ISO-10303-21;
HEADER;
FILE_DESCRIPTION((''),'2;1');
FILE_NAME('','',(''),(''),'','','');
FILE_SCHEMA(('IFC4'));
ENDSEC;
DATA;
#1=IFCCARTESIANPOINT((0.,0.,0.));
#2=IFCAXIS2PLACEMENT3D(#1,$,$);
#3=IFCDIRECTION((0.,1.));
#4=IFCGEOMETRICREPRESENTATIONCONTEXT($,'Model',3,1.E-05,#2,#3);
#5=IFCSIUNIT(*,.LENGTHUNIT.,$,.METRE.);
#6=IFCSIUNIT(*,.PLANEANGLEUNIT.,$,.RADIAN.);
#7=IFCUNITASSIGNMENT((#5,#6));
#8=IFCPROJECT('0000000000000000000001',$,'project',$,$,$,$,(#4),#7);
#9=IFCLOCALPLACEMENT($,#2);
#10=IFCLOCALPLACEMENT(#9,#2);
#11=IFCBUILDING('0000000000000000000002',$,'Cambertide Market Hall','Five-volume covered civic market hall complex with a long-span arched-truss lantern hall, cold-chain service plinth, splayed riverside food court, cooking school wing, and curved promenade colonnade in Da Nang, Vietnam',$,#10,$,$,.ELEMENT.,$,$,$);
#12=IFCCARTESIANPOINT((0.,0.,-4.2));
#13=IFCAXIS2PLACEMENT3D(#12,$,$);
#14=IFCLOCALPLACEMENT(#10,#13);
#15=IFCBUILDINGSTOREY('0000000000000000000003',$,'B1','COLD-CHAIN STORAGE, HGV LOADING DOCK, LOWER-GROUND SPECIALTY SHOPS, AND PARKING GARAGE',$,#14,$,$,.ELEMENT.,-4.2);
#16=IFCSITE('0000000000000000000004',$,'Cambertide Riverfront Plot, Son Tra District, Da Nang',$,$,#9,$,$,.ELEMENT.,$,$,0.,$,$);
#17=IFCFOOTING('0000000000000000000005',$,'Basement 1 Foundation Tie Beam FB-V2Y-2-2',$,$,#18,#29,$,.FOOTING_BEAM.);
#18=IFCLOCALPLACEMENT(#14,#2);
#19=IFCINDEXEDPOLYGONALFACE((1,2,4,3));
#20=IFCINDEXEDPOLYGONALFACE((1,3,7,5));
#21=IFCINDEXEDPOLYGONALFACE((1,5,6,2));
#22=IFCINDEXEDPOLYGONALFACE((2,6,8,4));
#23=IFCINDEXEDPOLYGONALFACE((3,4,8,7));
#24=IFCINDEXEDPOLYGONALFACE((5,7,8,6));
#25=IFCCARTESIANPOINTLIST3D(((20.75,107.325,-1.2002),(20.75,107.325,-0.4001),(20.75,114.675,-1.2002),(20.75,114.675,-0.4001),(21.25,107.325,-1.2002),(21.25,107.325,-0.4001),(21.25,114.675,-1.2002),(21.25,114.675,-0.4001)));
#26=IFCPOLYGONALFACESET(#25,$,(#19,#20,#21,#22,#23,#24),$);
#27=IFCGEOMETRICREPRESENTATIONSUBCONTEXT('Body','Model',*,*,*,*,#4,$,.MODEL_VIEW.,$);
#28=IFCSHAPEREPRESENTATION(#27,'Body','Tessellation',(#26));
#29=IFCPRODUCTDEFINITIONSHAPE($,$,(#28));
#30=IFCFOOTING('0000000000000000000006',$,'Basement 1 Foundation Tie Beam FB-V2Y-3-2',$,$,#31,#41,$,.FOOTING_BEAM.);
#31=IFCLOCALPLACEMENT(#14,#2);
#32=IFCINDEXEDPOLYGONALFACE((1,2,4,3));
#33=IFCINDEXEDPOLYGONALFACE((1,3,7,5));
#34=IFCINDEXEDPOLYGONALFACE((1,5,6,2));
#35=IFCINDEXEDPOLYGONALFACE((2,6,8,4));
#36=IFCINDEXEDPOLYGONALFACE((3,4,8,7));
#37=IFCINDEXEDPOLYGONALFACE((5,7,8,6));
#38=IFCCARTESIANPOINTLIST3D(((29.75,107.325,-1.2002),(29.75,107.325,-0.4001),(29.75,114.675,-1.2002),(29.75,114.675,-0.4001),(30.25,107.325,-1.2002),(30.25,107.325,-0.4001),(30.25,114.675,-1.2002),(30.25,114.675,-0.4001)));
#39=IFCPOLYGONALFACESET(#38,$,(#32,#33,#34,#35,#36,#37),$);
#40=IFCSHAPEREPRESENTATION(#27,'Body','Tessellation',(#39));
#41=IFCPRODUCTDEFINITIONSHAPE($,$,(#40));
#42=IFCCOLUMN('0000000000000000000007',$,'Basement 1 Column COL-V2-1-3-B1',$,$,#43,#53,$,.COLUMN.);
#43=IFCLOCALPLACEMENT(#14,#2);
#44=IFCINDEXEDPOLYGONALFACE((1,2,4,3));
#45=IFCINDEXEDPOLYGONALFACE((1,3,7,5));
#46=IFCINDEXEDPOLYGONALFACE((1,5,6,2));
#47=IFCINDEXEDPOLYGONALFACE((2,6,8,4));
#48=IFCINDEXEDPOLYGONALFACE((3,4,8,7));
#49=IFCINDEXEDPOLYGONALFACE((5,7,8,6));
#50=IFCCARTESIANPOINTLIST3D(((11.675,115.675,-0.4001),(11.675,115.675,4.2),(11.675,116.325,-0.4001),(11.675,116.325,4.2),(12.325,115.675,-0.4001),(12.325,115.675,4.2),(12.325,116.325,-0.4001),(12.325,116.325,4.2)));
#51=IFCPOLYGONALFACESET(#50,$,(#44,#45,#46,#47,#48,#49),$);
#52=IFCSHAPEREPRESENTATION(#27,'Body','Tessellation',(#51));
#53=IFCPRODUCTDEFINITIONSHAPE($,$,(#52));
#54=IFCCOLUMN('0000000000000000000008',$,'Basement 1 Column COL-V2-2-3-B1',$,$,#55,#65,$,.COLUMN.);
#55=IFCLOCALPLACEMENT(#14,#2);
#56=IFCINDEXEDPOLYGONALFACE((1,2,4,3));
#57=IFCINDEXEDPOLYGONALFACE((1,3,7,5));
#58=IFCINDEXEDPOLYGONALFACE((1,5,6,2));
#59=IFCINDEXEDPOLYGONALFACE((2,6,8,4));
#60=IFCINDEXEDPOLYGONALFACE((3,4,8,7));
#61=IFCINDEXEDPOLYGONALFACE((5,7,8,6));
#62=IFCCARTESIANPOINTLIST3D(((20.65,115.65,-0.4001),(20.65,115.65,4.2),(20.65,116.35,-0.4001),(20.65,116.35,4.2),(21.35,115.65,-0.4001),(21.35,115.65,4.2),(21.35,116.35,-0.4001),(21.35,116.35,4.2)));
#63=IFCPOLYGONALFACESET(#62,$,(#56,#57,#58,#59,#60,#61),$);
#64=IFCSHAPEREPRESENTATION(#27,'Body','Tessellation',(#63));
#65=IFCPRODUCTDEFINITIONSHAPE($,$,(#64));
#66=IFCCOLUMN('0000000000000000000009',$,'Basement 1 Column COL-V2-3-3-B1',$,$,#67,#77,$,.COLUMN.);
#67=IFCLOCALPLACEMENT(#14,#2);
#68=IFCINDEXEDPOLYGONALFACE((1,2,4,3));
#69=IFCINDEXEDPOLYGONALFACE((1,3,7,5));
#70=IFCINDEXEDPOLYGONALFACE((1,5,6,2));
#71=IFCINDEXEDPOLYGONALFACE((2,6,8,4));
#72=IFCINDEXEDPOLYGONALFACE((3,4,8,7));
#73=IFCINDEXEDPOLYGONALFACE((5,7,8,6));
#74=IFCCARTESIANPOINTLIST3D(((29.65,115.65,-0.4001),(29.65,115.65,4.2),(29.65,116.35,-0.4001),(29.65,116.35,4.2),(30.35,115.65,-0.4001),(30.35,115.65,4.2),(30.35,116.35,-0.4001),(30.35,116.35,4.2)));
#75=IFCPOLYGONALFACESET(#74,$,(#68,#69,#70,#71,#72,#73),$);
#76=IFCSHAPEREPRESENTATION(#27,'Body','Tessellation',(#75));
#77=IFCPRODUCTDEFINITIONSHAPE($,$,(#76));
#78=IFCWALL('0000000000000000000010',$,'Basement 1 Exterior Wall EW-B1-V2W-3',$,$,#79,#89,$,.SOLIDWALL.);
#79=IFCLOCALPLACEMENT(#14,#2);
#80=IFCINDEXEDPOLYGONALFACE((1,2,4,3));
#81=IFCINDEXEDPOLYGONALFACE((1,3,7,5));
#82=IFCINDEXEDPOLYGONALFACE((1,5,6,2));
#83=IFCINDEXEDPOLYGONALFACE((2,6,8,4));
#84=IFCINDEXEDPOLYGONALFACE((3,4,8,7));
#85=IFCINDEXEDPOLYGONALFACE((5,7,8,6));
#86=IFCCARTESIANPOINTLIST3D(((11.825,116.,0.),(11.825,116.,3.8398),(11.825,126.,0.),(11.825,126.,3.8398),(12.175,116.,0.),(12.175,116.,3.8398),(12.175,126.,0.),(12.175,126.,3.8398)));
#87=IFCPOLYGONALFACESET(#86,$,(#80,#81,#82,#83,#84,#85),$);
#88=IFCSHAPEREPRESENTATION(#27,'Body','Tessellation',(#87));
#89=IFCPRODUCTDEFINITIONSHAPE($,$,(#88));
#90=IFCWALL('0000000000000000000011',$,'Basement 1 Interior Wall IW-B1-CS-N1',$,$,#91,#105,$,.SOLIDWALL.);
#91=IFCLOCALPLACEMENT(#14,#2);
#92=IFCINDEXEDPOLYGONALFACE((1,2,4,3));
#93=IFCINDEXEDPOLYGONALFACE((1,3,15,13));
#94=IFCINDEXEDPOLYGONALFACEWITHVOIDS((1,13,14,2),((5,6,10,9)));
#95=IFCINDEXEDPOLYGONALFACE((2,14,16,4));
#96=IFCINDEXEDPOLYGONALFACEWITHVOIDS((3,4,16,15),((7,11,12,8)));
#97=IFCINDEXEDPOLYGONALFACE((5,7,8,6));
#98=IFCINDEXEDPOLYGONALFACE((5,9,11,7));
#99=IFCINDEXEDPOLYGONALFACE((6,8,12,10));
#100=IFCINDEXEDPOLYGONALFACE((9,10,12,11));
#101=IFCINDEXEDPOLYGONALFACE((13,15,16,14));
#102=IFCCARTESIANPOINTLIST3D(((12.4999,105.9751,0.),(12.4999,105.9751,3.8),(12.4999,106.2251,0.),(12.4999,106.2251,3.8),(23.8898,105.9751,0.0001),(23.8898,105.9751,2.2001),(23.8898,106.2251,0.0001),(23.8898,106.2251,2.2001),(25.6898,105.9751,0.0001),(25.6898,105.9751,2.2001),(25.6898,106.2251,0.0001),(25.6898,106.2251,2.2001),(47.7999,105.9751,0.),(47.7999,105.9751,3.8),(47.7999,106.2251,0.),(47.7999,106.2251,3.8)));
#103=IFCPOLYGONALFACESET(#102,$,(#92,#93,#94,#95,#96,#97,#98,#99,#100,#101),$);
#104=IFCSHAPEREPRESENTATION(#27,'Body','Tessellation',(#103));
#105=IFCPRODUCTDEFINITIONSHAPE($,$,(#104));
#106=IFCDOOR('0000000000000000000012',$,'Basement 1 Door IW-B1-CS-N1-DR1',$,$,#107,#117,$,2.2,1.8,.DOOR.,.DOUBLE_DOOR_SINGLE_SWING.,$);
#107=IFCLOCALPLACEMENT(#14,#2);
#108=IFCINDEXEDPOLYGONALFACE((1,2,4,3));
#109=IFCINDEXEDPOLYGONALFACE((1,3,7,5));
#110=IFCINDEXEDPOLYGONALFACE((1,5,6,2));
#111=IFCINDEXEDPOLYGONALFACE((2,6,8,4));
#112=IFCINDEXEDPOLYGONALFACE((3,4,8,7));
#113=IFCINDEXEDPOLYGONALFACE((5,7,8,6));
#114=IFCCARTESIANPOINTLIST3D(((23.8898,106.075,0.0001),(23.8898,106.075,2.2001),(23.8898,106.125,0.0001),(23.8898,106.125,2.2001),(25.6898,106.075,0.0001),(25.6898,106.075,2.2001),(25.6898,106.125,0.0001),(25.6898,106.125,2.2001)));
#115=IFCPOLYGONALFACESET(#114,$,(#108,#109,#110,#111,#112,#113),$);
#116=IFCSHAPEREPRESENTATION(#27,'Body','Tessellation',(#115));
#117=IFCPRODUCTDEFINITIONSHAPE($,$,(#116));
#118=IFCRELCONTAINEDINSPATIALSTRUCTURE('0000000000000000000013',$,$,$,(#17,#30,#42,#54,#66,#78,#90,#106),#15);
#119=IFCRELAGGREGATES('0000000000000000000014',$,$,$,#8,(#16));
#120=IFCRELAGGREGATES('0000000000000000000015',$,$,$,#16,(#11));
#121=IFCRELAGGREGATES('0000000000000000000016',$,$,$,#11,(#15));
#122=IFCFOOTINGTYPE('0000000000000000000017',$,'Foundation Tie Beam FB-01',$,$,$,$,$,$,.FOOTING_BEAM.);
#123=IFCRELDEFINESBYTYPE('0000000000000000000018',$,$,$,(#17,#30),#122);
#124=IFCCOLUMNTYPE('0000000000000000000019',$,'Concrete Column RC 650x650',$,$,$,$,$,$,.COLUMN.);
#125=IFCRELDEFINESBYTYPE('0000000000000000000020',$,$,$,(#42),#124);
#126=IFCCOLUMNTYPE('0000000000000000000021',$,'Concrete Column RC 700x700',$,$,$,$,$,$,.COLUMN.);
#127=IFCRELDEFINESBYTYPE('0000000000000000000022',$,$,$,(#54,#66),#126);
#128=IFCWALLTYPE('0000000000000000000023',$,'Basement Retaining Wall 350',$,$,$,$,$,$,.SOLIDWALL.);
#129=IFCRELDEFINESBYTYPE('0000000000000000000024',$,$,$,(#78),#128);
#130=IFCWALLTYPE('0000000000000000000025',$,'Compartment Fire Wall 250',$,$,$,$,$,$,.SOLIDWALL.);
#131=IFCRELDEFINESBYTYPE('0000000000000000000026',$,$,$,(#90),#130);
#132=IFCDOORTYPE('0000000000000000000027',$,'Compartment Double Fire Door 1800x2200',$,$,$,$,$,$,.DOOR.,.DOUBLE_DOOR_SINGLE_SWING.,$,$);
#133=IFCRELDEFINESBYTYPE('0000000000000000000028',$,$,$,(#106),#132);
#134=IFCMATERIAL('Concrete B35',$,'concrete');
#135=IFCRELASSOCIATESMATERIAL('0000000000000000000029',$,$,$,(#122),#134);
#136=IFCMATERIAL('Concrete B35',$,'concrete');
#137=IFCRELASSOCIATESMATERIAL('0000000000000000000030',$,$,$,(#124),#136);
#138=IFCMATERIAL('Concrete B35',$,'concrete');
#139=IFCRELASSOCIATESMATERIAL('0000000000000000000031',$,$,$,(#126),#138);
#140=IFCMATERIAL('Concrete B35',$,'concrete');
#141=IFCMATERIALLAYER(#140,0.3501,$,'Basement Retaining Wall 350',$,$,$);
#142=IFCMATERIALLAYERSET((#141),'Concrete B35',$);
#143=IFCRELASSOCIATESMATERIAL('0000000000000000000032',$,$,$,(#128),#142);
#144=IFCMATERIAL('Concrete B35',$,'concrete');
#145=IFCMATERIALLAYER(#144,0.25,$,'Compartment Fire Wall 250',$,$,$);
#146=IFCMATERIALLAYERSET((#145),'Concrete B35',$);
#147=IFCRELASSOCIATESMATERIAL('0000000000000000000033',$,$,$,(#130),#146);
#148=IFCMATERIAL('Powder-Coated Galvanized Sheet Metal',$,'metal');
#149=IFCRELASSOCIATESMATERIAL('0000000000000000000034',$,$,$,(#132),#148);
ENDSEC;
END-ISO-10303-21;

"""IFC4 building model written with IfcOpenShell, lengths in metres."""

from ifc_helpers import new_model, si_unit, direction, frame, frame_2d, origin, origin_2d, place, context, subcontext, project, spatial, rectangle, extrude, material, layer, layer_set, material_profile, profile_set, type_object, element, fill, save


model = new_model("IFC4")

# Units and contexts
model_context = context("Model", 3, precision=1e-05, world=origin(), true_north=direction((0.0, 1.0)))
body_context = subcontext(model_context, "Body", "Model", "MODEL_VIEW")
ifc_project = project(units=[si_unit("LENGTHUNIT", "METRE"), si_unit("PLANEANGLEUNIT", "RADIAN")], contexts=[model_context])

# Site, building, storey
site_placement = place(None, origin())
site = spatial("IfcSite", under=ifc_project, at=site_placement, Name="Cambertide Riverfront Plot, Son Tra District, Da Nang", CompositionType="ELEMENT", RefElevation=0.0)
building_placement = place(site_placement, origin())
building = spatial("IfcBuilding", under=site, at=building_placement, Name="Cambertide Market Hall", Description="Five-volume covered civic market hall complex with a long-span arched-truss lantern hall, cold-chain service plinth, splayed riverside food court, cooking school wing, and curved promenade colonnade in Da Nang, Vietnam", CompositionType="ELEMENT")
storey_placement = place(building_placement, frame((0.0, 0.0, -4.2)))
storey = spatial("IfcBuildingStorey", under=building, at=storey_placement, Name="B1", Description="COLD-CHAIN STORAGE, HGV LOADING DOCK, LOWER-GROUND SPECIALTY SHOPS, AND PARKING GARAGE", CompositionType="ELEMENT", Elevation=-4.2)

# Footings
ifc_material_1 = material(Name="Concrete B35", Category="concrete")
footing_type_1 = type_object("IfcFootingType", Name="Foundation Tie Beam FB-01", PredefinedType="FOOTING_BEAM", material=ifc_material_1)
for number, where, z_axis, x_axis, name in (
    (1, (21.0, 111.0, -1.2002), (0.0, 0.0, 1.0), (0.0, 1.0, 0.0), "Basement 1 Foundation Tie Beam FB-V2Y-2-2"),
    (2, (30.0, 111.0, -1.2002), (0.0, 0.0, 1.0), (0.0, 1.0, 0.0), "Basement 1 Foundation Tie Beam FB-V2Y-3-2"),
):
    element("IfcFooting", number, at=place(storey_placement, frame(where, z_axis=z_axis, x_axis=x_axis)), inside=storey, type_object=footing_type_1, Name=name, PredefinedType="FOOTING_BEAM", context=body_context, shape_type="SweptSolid", body=[
        extrude(rectangle(XDim=7.3501, YDim=0.5, at=origin_2d()), origin(), (0.0, 0.0, 1.0), 0.8),
    ])

# Columns
ifc_material_2 = material(Name="Concrete B35", Category="concrete")
ifc_material_profile_1 = material_profile(ifc_material_2, rectangle(XDim=0.6499, YDim=0.6499, at=origin_2d()), Name="RC 650x650")
ifc_profile_set_1 = profile_set([ifc_material_profile_1], Name="Concrete B35")
column_type_1 = type_object("IfcColumnType", Name="Concrete Column RC 650x650", PredefinedType="COLUMN", material=ifc_profile_set_1)
column_placement = place(storey_placement, frame((12.0, 116.0, -0.4001), z_axis=(0.0, 0.0, 1.0), x_axis=(1.0, 0.0, 0.0)))
element("IfcColumn", 3, at=column_placement, inside=storey, type_object=column_type_1, Name="Basement 1 Column COL-V2-1-3-B1", PredefinedType="COLUMN", context=body_context, shape_type="SweptSolid", body=[
    extrude(rectangle(XDim=0.6499, YDim=0.6499, at=origin_2d()), origin(), (0.0, 0.0, 1.0), 4.6001),
])
ifc_material_3 = material(Name="Concrete B35", Category="concrete")
ifc_material_profile_2 = material_profile(ifc_material_3, rectangle(XDim=0.7, YDim=0.7, at=origin_2d()), Name="RC 700x700")
ifc_profile_set_2 = profile_set([ifc_material_profile_2], Name="Concrete B35")
column_type_2 = type_object("IfcColumnType", Name="Concrete Column RC 700x700", PredefinedType="COLUMN", material=ifc_profile_set_2)
for number, where, z_axis, x_axis, name in (
    (4, (21.0, 116.0, -0.4001), (0.0, 0.0, 1.0), (1.0, 0.0, 0.0), "Basement 1 Column COL-V2-2-3-B1"),
    (5, (30.0, 116.0, -0.4001), (0.0, 0.0, 1.0), (1.0, 0.0, 0.0), "Basement 1 Column COL-V2-3-3-B1"),
):
    element("IfcColumn", number, at=place(storey_placement, frame(where, z_axis=z_axis, x_axis=x_axis)), inside=storey, type_object=column_type_2, Name=name, PredefinedType="COLUMN", context=body_context, shape_type="SweptSolid", body=[
        extrude(rectangle(XDim=0.7, YDim=0.7, at=origin_2d()), origin(), (0.0, 0.0, 1.0), 4.6001),
    ])

# Wall
ifc_material_4 = material(Name="Concrete B35", Category="concrete")
ifc_layer_1 = layer(ifc_material_4, 0.3501, Name="Basement Retaining Wall 350")
ifc_layer_set_1 = layer_set([ifc_layer_1], Name="Concrete B35")
wall_type_1 = type_object("IfcWallType", Name="Basement Retaining Wall 350", PredefinedType="SOLIDWALL", material=ifc_layer_set_1)
wall_1_placement = place(storey_placement, frame((12.0, 116.0, 0.0), z_axis=(0.0, 0.0, 1.0), x_axis=(0.0, 1.0, 0.0)))
element("IfcWall", 6, at=wall_1_placement, inside=storey, type_object=wall_type_1, Name="Basement 1 Exterior Wall EW-B1-V2W-3", PredefinedType="SOLIDWALL", context=body_context, shape_type="SweptSolid", body=[
    extrude(rectangle(XDim=10.0, YDim=0.3501, at=frame_2d((5.0, 0.0))), origin(), (0.0, 0.0, 1.0), 3.8398),
])

# Wall, opening, door
ifc_material_5 = material(Name="Concrete B35", Category="concrete")
ifc_layer_2 = layer(ifc_material_5, 0.25, Name="Compartment Fire Wall 250")
ifc_layer_set_2 = layer_set([ifc_layer_2], Name="Concrete B35")
wall_type_2 = type_object("IfcWallType", Name="Compartment Fire Wall 250", PredefinedType="SOLIDWALL", material=ifc_layer_set_2)
wall_2_placement = place(storey_placement, frame((12.5, 106.1001, 0.0), z_axis=(0.0, 0.0, 1.0), x_axis=(1.0, 0.0, 0.0)))
wall_2 = element("IfcWall", 7, at=wall_2_placement, inside=storey, type_object=wall_type_2, Name="Basement 1 Interior Wall IW-B1-CS-N1", PredefinedType="SOLIDWALL", context=body_context, shape_type="SweptSolid", body=[
    extrude(rectangle(XDim=35.3, YDim=0.25, at=frame_2d((17.6499, 0.0))), origin(), (0.0, 0.0, 1.0), 3.8),
])
opening_placement = place(wall_2_placement, frame((11.3899, 0.0, 0.0)))
opening = element("IfcOpeningElement", 8, at=opening_placement, cuts=wall_2, PredefinedType="OPENING", context=body_context, shape_type="SweptSolid", body=[
    extrude(rectangle(XDim=1.8, YDim=2.2, at=frame_2d((0.8999, 1.1001))), frame((0.0, 0.135, 0.0), z_axis=(0.0, -1.0, 0.0), x_axis=(1.0, 0.0, 0.0)), (0.0, 0.0, 1.0), 0.27),
])
ifc_material_6 = material(Name="Powder-Coated Galvanized Sheet Metal", Category="metal")
door_type = type_object("IfcDoorType", Name="Compartment Double Fire Door 1800x2200", OperationType="DOUBLE_DOOR_SINGLE_SWING", PredefinedType="DOOR", material=ifc_material_6)
door_placement = place(opening_placement, origin())
door = element("IfcDoor", 9, at=door_placement, inside=storey, type_object=door_type, Name="Basement 1 Door IW-B1-CS-N1-DR1", OperationType="DOUBLE_DOOR_SINGLE_SWING", OverallHeight=2.2, OverallWidth=1.8, PredefinedType="DOOR", context=body_context, shape_type="SweptSolid", body=[
    extrude(rectangle(XDim=1.8, YDim=2.2, at=frame_2d((0.8999, 1.1001))), frame((0.0, 0.0249, 0.0), z_axis=(0.0, -1.0, 0.0), x_axis=(1.0, 0.0, 0.0)), (0.0, 0.0, 1.0), 0.05),
])
fill(opening, door)

save(model, "model.ifc")
